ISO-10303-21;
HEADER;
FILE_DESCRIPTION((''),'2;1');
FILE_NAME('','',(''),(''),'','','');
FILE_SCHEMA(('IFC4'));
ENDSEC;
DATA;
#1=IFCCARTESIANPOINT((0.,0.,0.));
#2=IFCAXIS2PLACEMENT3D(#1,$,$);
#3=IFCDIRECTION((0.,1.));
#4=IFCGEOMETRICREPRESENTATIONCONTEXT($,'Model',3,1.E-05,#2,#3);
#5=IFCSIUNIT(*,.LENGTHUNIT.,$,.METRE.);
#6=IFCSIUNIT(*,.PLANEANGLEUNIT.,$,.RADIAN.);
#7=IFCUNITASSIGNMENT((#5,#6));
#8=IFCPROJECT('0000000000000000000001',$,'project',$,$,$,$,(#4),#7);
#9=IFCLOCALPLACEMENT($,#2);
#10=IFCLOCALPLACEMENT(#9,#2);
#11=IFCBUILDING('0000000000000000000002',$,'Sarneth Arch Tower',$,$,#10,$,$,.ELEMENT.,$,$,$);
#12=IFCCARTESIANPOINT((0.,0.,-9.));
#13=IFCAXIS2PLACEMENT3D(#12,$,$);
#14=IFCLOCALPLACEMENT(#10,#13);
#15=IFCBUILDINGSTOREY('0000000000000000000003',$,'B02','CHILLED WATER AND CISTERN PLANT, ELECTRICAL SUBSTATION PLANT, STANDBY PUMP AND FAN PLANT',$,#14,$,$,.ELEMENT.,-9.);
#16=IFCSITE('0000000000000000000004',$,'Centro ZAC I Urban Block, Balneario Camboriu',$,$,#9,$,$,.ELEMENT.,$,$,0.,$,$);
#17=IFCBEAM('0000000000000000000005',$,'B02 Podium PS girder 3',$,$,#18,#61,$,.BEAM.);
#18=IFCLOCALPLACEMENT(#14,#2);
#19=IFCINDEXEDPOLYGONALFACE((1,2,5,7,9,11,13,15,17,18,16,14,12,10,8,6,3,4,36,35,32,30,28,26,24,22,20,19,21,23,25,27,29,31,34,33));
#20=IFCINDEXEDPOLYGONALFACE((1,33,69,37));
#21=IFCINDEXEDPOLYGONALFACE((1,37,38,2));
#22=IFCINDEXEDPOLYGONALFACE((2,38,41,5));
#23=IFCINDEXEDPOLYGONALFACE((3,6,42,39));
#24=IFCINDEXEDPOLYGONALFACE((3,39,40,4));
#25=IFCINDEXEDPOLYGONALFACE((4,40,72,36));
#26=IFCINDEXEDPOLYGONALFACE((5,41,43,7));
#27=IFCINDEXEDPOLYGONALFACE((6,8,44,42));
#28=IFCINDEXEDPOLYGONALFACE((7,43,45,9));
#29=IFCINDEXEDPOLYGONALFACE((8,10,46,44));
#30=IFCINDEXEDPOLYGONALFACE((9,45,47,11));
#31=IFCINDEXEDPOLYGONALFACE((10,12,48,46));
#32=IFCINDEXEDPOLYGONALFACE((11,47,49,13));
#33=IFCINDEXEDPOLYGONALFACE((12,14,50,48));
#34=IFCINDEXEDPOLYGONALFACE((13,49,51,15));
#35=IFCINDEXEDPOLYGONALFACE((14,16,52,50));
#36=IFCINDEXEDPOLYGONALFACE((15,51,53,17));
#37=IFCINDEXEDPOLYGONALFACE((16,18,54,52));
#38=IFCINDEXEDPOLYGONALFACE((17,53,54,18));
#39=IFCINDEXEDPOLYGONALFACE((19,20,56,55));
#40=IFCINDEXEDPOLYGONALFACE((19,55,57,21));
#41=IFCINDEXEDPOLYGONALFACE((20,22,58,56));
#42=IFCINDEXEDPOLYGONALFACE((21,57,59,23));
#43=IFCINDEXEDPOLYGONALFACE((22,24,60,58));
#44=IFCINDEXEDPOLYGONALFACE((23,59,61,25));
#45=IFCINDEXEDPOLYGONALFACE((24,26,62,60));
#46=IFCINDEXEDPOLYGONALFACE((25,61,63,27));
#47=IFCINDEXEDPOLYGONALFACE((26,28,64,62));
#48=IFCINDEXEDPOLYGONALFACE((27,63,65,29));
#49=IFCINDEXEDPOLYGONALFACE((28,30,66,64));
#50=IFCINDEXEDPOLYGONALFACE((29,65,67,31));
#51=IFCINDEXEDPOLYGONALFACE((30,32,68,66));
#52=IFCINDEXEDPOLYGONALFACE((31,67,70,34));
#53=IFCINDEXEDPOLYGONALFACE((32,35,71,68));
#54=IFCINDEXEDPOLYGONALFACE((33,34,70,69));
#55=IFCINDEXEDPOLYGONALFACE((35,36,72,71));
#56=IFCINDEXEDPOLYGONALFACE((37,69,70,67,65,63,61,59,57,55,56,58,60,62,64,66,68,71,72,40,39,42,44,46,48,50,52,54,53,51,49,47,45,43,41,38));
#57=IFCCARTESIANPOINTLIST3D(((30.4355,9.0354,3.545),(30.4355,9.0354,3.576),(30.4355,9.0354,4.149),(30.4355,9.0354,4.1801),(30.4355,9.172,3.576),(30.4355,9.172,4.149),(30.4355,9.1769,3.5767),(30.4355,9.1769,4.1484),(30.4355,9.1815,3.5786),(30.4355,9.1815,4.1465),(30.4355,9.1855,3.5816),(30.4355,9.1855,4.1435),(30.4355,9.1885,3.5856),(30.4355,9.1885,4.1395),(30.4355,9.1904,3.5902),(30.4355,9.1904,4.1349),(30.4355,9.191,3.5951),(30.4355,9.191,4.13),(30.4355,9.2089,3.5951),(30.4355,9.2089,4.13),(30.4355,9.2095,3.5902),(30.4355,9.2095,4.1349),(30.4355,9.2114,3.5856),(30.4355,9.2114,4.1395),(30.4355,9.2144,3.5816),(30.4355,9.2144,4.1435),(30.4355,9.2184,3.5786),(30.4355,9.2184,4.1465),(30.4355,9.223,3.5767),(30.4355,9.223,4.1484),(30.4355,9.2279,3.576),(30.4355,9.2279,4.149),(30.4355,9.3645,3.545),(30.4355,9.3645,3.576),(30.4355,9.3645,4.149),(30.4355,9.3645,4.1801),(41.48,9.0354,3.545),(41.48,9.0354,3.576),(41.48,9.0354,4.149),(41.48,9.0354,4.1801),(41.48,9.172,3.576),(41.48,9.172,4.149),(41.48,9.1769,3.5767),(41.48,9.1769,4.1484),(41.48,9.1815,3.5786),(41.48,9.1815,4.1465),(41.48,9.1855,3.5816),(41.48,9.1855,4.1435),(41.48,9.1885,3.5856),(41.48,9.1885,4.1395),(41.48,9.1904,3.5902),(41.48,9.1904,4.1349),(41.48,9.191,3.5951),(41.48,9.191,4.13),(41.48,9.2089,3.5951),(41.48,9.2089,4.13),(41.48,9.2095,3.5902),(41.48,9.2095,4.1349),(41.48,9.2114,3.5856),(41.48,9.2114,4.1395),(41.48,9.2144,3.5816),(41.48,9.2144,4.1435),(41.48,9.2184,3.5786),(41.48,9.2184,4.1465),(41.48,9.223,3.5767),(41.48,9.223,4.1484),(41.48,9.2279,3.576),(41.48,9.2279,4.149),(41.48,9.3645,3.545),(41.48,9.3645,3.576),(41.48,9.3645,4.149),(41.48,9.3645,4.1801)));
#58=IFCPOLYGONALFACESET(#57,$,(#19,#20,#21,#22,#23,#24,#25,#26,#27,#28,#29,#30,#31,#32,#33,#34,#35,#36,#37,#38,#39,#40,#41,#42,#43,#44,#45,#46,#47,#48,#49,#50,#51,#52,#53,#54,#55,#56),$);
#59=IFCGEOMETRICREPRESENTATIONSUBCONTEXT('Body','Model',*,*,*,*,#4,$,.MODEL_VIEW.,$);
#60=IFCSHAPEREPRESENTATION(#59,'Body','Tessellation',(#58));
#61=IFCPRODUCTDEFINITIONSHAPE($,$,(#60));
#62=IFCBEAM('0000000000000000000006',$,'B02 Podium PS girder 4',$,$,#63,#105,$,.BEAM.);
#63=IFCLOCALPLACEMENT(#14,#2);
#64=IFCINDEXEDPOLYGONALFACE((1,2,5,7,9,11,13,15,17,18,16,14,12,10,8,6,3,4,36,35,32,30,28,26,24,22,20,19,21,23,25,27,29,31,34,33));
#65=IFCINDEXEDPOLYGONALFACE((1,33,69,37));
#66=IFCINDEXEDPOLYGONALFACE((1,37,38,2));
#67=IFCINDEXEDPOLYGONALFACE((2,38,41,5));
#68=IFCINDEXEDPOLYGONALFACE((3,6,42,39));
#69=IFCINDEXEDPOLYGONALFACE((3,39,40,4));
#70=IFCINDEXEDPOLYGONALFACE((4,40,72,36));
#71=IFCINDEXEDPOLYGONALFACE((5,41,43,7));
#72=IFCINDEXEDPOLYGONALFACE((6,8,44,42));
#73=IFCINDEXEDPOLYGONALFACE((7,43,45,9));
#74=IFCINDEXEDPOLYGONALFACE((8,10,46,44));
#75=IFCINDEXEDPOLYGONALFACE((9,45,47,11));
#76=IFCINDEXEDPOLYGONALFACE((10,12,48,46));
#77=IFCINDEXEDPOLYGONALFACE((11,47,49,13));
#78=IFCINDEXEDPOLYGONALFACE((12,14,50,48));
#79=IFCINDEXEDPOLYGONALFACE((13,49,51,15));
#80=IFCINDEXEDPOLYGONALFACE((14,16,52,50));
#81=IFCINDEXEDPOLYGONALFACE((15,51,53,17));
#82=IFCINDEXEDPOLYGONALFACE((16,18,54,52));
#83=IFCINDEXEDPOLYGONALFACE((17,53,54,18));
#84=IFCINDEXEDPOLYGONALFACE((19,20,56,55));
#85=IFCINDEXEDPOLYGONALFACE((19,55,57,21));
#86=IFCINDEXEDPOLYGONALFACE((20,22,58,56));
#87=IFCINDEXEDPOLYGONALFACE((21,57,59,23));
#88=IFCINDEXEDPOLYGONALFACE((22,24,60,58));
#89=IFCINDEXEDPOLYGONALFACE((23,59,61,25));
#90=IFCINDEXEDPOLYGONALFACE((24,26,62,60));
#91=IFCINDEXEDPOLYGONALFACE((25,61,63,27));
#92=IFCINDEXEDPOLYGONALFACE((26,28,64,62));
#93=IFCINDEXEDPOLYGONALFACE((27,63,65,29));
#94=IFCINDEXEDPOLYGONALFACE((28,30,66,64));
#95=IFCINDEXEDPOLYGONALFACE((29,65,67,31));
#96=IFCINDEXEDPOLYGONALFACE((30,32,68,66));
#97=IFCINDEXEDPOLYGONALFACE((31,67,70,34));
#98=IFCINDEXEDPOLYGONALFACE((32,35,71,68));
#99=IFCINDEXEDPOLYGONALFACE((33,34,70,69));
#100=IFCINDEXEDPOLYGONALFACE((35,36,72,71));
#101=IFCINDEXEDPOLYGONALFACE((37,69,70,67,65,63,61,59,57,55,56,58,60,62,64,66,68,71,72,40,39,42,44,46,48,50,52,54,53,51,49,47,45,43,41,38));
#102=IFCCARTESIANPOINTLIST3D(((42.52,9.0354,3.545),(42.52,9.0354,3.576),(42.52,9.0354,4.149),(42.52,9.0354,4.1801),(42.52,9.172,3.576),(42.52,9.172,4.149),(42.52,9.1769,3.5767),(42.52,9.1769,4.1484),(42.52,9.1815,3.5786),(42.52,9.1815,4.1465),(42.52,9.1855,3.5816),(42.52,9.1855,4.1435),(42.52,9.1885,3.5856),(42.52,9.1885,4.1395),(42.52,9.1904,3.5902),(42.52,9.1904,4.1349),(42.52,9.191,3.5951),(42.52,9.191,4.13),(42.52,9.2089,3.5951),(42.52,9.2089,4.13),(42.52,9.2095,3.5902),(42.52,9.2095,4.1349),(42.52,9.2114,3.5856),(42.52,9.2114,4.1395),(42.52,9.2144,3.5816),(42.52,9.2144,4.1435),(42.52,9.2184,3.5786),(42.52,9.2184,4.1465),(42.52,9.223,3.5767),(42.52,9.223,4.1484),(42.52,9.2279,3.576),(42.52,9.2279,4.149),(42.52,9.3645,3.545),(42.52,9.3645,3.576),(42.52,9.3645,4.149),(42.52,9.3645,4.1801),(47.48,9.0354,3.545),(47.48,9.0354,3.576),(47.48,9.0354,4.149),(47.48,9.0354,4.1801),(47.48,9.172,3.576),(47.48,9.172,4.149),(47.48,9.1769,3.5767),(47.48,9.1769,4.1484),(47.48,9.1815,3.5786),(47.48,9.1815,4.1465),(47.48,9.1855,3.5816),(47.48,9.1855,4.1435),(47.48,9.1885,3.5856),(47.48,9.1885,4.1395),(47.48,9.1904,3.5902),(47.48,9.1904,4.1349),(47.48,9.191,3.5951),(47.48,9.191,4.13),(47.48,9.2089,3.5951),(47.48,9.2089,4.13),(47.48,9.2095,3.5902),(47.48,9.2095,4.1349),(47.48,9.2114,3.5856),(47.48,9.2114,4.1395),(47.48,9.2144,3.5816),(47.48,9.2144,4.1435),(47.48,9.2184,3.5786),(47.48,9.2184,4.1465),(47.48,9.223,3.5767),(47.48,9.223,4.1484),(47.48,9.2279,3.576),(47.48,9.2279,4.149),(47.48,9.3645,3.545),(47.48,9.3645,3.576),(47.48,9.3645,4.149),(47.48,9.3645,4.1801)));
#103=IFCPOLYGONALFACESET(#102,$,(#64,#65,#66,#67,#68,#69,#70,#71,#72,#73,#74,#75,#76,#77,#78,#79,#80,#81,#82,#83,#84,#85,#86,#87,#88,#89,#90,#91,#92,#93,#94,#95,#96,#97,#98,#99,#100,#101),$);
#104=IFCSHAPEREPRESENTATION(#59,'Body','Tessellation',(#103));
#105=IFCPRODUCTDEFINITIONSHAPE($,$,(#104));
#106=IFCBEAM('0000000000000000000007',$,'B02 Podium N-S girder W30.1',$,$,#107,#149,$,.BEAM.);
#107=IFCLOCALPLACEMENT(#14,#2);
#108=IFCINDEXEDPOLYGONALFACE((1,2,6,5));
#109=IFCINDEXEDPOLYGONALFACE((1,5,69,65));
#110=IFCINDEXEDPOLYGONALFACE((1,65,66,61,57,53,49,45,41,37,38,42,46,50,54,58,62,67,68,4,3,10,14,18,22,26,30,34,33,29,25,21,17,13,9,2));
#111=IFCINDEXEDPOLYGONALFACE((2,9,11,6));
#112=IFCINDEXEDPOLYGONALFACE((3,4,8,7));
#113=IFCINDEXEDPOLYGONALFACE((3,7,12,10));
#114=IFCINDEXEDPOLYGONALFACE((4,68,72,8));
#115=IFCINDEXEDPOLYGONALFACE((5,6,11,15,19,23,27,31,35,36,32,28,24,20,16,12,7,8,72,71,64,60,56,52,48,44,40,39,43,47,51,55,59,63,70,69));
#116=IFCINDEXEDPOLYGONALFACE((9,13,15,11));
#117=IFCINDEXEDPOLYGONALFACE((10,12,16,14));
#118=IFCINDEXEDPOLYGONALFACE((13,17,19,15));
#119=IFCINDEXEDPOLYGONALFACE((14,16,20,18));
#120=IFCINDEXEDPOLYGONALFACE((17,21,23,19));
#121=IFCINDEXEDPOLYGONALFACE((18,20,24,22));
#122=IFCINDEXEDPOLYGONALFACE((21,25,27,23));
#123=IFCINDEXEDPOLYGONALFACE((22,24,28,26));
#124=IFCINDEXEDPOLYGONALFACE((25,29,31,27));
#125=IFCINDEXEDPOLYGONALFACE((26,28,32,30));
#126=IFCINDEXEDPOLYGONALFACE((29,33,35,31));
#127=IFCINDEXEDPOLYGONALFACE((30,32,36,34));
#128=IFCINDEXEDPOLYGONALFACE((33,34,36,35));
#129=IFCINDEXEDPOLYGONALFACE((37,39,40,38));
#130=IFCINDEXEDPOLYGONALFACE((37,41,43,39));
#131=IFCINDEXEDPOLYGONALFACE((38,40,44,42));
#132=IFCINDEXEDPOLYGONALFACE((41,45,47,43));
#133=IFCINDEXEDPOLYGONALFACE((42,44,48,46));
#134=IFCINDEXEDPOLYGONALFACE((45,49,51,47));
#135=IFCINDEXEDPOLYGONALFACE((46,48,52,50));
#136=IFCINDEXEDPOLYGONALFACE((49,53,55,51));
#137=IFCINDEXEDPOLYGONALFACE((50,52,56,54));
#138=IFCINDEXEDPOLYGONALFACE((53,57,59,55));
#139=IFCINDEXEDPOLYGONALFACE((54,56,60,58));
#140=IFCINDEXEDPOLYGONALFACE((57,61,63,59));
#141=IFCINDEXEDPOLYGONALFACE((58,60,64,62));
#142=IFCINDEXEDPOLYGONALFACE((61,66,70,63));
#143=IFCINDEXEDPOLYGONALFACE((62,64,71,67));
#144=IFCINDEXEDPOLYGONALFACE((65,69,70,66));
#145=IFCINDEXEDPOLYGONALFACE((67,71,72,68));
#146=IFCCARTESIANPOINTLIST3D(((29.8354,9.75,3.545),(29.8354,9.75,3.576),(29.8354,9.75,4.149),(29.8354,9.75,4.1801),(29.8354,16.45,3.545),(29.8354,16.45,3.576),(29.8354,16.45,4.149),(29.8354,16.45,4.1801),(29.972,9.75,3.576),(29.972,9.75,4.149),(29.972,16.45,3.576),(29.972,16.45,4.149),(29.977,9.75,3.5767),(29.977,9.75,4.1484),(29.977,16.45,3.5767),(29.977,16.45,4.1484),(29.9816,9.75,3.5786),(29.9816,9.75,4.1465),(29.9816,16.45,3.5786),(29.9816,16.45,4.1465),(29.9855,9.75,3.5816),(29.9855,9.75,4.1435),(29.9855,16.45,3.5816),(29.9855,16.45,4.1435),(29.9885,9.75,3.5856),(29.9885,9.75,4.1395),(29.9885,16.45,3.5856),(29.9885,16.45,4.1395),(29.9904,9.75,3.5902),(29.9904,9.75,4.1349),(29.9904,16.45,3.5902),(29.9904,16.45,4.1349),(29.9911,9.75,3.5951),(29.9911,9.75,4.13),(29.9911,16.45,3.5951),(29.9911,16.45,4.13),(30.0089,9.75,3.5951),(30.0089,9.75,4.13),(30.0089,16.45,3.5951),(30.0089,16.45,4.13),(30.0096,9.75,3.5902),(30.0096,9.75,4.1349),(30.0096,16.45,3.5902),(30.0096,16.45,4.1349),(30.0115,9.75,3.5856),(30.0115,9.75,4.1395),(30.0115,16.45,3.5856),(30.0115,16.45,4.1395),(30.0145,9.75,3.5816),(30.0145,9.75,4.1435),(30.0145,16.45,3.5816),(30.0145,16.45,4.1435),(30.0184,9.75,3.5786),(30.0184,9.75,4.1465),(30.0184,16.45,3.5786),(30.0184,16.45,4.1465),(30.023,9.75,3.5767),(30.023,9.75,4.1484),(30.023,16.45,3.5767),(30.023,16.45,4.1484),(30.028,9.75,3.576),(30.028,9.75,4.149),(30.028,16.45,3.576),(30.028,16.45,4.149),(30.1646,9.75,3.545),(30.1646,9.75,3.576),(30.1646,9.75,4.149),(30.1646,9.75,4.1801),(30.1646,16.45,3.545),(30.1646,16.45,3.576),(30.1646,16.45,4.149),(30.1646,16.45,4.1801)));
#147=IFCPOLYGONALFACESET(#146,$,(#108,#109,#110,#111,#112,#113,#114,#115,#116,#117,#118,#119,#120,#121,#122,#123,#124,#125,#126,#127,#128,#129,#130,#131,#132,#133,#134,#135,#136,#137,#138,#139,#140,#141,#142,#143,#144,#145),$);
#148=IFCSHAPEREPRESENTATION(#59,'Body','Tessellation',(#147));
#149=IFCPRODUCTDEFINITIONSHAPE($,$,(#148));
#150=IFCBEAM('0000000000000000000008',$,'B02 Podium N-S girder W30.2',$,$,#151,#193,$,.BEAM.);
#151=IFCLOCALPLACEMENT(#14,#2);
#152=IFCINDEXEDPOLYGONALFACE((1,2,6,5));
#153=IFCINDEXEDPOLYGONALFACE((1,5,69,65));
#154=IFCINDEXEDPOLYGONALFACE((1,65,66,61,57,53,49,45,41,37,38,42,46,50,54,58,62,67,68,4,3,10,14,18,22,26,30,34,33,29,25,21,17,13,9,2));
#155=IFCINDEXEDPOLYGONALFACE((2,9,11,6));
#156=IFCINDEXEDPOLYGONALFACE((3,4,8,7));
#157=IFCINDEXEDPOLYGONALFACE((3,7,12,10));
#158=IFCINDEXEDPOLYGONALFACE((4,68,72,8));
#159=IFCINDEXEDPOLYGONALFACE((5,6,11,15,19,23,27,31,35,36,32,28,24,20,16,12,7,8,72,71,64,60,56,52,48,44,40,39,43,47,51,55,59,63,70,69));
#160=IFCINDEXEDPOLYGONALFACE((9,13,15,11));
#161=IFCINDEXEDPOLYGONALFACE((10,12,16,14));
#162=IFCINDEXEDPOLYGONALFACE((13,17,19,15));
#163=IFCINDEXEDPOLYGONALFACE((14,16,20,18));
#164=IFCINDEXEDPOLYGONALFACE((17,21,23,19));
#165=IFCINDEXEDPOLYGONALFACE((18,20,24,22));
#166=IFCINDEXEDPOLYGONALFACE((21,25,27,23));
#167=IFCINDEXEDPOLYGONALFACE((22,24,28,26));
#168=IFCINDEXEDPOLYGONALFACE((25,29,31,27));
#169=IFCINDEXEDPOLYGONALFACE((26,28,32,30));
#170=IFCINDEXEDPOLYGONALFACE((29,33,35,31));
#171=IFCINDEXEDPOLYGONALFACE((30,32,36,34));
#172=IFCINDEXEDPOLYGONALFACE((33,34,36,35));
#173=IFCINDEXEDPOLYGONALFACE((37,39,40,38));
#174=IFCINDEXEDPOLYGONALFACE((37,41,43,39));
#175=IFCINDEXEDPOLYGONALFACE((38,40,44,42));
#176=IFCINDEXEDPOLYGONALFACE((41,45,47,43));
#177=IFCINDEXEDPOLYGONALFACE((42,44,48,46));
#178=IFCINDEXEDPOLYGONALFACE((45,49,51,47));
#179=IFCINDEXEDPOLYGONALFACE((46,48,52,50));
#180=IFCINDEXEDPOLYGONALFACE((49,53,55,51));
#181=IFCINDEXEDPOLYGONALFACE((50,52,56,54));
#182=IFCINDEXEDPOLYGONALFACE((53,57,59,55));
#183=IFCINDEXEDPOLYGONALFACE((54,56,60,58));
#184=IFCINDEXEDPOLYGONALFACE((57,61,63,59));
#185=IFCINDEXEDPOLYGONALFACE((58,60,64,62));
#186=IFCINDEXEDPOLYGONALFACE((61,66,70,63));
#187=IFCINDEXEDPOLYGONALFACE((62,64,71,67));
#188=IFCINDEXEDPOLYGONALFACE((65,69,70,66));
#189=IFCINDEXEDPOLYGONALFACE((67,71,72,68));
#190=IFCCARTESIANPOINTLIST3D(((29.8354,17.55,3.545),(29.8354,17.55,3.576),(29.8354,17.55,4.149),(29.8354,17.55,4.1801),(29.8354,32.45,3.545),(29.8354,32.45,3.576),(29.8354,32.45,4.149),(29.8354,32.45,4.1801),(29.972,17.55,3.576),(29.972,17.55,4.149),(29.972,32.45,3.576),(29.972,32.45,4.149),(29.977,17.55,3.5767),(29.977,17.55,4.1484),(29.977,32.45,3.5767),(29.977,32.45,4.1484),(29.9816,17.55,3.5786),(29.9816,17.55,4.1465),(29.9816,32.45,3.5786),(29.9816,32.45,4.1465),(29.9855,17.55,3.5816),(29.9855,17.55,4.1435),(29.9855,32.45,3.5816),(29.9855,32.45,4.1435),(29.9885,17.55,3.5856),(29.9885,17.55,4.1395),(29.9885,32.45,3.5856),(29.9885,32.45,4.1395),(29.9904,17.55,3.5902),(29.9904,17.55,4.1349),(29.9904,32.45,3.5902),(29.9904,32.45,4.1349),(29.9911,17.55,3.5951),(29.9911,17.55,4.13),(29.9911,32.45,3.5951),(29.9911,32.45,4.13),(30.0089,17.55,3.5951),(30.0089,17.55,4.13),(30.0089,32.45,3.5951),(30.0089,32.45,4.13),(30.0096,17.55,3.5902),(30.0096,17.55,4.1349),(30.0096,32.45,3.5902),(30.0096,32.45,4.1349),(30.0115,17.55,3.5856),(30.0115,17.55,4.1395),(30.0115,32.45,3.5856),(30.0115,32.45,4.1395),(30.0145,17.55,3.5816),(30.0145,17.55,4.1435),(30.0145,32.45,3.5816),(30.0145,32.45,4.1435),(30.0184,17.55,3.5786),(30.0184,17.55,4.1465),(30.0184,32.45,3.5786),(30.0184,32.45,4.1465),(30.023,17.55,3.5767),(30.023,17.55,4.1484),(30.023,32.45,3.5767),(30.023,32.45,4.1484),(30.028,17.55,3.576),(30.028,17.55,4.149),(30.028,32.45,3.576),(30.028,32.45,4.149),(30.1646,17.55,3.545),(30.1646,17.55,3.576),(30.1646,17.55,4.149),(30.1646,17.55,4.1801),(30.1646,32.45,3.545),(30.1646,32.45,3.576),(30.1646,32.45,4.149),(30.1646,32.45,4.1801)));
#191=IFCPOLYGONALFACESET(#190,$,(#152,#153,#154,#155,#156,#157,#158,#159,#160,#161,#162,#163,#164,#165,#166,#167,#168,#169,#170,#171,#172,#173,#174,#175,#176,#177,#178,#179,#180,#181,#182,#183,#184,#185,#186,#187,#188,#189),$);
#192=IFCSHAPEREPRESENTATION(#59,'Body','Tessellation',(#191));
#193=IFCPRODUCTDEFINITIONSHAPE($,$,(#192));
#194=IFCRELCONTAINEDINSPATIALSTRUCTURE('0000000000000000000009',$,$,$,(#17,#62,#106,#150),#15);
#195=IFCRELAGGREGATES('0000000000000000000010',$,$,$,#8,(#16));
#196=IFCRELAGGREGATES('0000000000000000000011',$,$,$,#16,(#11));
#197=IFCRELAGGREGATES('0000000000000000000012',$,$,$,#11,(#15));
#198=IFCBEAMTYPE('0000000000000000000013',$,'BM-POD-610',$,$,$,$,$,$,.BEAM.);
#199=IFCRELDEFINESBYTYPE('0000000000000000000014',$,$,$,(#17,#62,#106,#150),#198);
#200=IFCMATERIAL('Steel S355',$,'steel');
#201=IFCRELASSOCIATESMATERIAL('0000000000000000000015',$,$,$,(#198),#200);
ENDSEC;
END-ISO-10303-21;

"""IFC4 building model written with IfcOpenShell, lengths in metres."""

from ifc_helpers import new_model, si_unit, direction, frame, origin, origin_2d, place, context, subcontext, project, spatial, i_section, extrude, material, material_profile, profile_set, type_object, element, save


model = new_model("IFC4")

# Units and contexts
model_context = context("Model", 3, precision=1e-05, world=origin(), true_north=direction((0.0, 1.0)))
body_context = subcontext(model_context, "Body", "Model", "MODEL_VIEW")
ifc_project = project(units=[si_unit("LENGTHUNIT", "METRE"), si_unit("PLANEANGLEUNIT", "RADIAN")], contexts=[model_context])

# Site, building, storey
site_placement = place(None, origin())
site = spatial("IfcSite", under=ifc_project, at=site_placement, Name="Centro ZAC I Urban Block, Balneario Camboriu", CompositionType="ELEMENT", RefElevation=0.0)
building_placement = place(site_placement, origin())
building = spatial("IfcBuilding", under=site, at=building_placement, Name="Sarneth Arch Tower", CompositionType="ELEMENT")
storey_placement = place(building_placement, frame((0.0, 0.0, -9.0)))
storey = spatial("IfcBuildingStorey", under=building, at=storey_placement, Name="B02", Description="CHILLED WATER AND CISTERN PLANT, ELECTRICAL SUBSTATION PLANT, STANDBY PUMP AND FAN PLANT", CompositionType="ELEMENT", Elevation=-9.0)

# Beams
ifc_material_1 = material(Name="Steel S355", Category="steel")
ifc_material_profile_1 = material_profile(ifc_material_1, i_section(OverallWidth=0.3291, OverallDepth=0.635, WebThickness=0.0178, FlangeThickness=0.031, FilletRadius=0.019, at=origin_2d()), Name="W610x241")
ifc_profile_set_1 = profile_set([ifc_material_profile_1], Name="Steel S355")
beam_type = type_object("IfcBeamType", Name="BM-POD-610", PredefinedType="BEAM", material=ifc_profile_set_1)
beam_1_placement = place(storey_placement, frame((30.4355, 9.2, 3.8625), z_axis=(1.0, 0.0, 0.0), x_axis=(0.0, 1.0, 0.0)))
element("IfcBeam", 1, at=beam_1_placement, inside=storey, type_object=beam_type, Name="B02 Podium PS girder 3", PredefinedType="BEAM", context=body_context, shape_type="SweptSolid", body=[
    extrude(i_section(OverallWidth=0.3291, OverallDepth=0.635, WebThickness=0.0178, FlangeThickness=0.031, FilletRadius=0.019, at=origin_2d()), origin(), (0.0, 0.0, 1.0), 11.0444),
])
beam_2_placement = place(storey_placement, frame((42.52, 9.2, 3.8625), z_axis=(1.0, 0.0, 0.0), x_axis=(0.0, 1.0, 0.0)))
element("IfcBeam", 2, at=beam_2_placement, inside=storey, type_object=beam_type, Name="B02 Podium PS girder 4", PredefinedType="BEAM", context=body_context, shape_type="SweptSolid", body=[
    extrude(i_section(OverallWidth=0.3291, OverallDepth=0.635, WebThickness=0.0178, FlangeThickness=0.031, FilletRadius=0.019, at=origin_2d()), origin(), (0.0, 0.0, 1.0), 4.96),
])
beam_3_placement = place(storey_placement, frame((30.0, 9.75, 3.8625), z_axis=(0.0, 1.0, 0.0), x_axis=(-1.0, 0.0, 0.0)))
element("IfcBeam", 3, at=beam_3_placement, inside=storey, type_object=beam_type, Name="B02 Podium N-S girder W30.1", PredefinedType="BEAM", context=body_context, shape_type="SweptSolid", body=[
    extrude(i_section(OverallWidth=0.3291, OverallDepth=0.635, WebThickness=0.0178, FlangeThickness=0.031, FilletRadius=0.019, at=origin_2d()), origin(), (0.0, 0.0, 1.0), 6.7),
])
beam_4_placement = place(storey_placement, frame((30.0, 17.55, 3.8625), z_axis=(0.0, 1.0, 0.0), x_axis=(-1.0, 0.0, 0.0)))
element("IfcBeam", 4, at=beam_4_placement, inside=storey, type_object=beam_type, Name="B02 Podium N-S girder W30.2", PredefinedType="BEAM", context=body_context, shape_type="SweptSolid", body=[
    extrude(i_section(OverallWidth=0.3291, OverallDepth=0.635, WebThickness=0.0178, FlangeThickness=0.031, FilletRadius=0.019, at=origin_2d()), origin(), (0.0, 0.0, 1.0), 14.8999),
])

save(model, "model.ifc")
